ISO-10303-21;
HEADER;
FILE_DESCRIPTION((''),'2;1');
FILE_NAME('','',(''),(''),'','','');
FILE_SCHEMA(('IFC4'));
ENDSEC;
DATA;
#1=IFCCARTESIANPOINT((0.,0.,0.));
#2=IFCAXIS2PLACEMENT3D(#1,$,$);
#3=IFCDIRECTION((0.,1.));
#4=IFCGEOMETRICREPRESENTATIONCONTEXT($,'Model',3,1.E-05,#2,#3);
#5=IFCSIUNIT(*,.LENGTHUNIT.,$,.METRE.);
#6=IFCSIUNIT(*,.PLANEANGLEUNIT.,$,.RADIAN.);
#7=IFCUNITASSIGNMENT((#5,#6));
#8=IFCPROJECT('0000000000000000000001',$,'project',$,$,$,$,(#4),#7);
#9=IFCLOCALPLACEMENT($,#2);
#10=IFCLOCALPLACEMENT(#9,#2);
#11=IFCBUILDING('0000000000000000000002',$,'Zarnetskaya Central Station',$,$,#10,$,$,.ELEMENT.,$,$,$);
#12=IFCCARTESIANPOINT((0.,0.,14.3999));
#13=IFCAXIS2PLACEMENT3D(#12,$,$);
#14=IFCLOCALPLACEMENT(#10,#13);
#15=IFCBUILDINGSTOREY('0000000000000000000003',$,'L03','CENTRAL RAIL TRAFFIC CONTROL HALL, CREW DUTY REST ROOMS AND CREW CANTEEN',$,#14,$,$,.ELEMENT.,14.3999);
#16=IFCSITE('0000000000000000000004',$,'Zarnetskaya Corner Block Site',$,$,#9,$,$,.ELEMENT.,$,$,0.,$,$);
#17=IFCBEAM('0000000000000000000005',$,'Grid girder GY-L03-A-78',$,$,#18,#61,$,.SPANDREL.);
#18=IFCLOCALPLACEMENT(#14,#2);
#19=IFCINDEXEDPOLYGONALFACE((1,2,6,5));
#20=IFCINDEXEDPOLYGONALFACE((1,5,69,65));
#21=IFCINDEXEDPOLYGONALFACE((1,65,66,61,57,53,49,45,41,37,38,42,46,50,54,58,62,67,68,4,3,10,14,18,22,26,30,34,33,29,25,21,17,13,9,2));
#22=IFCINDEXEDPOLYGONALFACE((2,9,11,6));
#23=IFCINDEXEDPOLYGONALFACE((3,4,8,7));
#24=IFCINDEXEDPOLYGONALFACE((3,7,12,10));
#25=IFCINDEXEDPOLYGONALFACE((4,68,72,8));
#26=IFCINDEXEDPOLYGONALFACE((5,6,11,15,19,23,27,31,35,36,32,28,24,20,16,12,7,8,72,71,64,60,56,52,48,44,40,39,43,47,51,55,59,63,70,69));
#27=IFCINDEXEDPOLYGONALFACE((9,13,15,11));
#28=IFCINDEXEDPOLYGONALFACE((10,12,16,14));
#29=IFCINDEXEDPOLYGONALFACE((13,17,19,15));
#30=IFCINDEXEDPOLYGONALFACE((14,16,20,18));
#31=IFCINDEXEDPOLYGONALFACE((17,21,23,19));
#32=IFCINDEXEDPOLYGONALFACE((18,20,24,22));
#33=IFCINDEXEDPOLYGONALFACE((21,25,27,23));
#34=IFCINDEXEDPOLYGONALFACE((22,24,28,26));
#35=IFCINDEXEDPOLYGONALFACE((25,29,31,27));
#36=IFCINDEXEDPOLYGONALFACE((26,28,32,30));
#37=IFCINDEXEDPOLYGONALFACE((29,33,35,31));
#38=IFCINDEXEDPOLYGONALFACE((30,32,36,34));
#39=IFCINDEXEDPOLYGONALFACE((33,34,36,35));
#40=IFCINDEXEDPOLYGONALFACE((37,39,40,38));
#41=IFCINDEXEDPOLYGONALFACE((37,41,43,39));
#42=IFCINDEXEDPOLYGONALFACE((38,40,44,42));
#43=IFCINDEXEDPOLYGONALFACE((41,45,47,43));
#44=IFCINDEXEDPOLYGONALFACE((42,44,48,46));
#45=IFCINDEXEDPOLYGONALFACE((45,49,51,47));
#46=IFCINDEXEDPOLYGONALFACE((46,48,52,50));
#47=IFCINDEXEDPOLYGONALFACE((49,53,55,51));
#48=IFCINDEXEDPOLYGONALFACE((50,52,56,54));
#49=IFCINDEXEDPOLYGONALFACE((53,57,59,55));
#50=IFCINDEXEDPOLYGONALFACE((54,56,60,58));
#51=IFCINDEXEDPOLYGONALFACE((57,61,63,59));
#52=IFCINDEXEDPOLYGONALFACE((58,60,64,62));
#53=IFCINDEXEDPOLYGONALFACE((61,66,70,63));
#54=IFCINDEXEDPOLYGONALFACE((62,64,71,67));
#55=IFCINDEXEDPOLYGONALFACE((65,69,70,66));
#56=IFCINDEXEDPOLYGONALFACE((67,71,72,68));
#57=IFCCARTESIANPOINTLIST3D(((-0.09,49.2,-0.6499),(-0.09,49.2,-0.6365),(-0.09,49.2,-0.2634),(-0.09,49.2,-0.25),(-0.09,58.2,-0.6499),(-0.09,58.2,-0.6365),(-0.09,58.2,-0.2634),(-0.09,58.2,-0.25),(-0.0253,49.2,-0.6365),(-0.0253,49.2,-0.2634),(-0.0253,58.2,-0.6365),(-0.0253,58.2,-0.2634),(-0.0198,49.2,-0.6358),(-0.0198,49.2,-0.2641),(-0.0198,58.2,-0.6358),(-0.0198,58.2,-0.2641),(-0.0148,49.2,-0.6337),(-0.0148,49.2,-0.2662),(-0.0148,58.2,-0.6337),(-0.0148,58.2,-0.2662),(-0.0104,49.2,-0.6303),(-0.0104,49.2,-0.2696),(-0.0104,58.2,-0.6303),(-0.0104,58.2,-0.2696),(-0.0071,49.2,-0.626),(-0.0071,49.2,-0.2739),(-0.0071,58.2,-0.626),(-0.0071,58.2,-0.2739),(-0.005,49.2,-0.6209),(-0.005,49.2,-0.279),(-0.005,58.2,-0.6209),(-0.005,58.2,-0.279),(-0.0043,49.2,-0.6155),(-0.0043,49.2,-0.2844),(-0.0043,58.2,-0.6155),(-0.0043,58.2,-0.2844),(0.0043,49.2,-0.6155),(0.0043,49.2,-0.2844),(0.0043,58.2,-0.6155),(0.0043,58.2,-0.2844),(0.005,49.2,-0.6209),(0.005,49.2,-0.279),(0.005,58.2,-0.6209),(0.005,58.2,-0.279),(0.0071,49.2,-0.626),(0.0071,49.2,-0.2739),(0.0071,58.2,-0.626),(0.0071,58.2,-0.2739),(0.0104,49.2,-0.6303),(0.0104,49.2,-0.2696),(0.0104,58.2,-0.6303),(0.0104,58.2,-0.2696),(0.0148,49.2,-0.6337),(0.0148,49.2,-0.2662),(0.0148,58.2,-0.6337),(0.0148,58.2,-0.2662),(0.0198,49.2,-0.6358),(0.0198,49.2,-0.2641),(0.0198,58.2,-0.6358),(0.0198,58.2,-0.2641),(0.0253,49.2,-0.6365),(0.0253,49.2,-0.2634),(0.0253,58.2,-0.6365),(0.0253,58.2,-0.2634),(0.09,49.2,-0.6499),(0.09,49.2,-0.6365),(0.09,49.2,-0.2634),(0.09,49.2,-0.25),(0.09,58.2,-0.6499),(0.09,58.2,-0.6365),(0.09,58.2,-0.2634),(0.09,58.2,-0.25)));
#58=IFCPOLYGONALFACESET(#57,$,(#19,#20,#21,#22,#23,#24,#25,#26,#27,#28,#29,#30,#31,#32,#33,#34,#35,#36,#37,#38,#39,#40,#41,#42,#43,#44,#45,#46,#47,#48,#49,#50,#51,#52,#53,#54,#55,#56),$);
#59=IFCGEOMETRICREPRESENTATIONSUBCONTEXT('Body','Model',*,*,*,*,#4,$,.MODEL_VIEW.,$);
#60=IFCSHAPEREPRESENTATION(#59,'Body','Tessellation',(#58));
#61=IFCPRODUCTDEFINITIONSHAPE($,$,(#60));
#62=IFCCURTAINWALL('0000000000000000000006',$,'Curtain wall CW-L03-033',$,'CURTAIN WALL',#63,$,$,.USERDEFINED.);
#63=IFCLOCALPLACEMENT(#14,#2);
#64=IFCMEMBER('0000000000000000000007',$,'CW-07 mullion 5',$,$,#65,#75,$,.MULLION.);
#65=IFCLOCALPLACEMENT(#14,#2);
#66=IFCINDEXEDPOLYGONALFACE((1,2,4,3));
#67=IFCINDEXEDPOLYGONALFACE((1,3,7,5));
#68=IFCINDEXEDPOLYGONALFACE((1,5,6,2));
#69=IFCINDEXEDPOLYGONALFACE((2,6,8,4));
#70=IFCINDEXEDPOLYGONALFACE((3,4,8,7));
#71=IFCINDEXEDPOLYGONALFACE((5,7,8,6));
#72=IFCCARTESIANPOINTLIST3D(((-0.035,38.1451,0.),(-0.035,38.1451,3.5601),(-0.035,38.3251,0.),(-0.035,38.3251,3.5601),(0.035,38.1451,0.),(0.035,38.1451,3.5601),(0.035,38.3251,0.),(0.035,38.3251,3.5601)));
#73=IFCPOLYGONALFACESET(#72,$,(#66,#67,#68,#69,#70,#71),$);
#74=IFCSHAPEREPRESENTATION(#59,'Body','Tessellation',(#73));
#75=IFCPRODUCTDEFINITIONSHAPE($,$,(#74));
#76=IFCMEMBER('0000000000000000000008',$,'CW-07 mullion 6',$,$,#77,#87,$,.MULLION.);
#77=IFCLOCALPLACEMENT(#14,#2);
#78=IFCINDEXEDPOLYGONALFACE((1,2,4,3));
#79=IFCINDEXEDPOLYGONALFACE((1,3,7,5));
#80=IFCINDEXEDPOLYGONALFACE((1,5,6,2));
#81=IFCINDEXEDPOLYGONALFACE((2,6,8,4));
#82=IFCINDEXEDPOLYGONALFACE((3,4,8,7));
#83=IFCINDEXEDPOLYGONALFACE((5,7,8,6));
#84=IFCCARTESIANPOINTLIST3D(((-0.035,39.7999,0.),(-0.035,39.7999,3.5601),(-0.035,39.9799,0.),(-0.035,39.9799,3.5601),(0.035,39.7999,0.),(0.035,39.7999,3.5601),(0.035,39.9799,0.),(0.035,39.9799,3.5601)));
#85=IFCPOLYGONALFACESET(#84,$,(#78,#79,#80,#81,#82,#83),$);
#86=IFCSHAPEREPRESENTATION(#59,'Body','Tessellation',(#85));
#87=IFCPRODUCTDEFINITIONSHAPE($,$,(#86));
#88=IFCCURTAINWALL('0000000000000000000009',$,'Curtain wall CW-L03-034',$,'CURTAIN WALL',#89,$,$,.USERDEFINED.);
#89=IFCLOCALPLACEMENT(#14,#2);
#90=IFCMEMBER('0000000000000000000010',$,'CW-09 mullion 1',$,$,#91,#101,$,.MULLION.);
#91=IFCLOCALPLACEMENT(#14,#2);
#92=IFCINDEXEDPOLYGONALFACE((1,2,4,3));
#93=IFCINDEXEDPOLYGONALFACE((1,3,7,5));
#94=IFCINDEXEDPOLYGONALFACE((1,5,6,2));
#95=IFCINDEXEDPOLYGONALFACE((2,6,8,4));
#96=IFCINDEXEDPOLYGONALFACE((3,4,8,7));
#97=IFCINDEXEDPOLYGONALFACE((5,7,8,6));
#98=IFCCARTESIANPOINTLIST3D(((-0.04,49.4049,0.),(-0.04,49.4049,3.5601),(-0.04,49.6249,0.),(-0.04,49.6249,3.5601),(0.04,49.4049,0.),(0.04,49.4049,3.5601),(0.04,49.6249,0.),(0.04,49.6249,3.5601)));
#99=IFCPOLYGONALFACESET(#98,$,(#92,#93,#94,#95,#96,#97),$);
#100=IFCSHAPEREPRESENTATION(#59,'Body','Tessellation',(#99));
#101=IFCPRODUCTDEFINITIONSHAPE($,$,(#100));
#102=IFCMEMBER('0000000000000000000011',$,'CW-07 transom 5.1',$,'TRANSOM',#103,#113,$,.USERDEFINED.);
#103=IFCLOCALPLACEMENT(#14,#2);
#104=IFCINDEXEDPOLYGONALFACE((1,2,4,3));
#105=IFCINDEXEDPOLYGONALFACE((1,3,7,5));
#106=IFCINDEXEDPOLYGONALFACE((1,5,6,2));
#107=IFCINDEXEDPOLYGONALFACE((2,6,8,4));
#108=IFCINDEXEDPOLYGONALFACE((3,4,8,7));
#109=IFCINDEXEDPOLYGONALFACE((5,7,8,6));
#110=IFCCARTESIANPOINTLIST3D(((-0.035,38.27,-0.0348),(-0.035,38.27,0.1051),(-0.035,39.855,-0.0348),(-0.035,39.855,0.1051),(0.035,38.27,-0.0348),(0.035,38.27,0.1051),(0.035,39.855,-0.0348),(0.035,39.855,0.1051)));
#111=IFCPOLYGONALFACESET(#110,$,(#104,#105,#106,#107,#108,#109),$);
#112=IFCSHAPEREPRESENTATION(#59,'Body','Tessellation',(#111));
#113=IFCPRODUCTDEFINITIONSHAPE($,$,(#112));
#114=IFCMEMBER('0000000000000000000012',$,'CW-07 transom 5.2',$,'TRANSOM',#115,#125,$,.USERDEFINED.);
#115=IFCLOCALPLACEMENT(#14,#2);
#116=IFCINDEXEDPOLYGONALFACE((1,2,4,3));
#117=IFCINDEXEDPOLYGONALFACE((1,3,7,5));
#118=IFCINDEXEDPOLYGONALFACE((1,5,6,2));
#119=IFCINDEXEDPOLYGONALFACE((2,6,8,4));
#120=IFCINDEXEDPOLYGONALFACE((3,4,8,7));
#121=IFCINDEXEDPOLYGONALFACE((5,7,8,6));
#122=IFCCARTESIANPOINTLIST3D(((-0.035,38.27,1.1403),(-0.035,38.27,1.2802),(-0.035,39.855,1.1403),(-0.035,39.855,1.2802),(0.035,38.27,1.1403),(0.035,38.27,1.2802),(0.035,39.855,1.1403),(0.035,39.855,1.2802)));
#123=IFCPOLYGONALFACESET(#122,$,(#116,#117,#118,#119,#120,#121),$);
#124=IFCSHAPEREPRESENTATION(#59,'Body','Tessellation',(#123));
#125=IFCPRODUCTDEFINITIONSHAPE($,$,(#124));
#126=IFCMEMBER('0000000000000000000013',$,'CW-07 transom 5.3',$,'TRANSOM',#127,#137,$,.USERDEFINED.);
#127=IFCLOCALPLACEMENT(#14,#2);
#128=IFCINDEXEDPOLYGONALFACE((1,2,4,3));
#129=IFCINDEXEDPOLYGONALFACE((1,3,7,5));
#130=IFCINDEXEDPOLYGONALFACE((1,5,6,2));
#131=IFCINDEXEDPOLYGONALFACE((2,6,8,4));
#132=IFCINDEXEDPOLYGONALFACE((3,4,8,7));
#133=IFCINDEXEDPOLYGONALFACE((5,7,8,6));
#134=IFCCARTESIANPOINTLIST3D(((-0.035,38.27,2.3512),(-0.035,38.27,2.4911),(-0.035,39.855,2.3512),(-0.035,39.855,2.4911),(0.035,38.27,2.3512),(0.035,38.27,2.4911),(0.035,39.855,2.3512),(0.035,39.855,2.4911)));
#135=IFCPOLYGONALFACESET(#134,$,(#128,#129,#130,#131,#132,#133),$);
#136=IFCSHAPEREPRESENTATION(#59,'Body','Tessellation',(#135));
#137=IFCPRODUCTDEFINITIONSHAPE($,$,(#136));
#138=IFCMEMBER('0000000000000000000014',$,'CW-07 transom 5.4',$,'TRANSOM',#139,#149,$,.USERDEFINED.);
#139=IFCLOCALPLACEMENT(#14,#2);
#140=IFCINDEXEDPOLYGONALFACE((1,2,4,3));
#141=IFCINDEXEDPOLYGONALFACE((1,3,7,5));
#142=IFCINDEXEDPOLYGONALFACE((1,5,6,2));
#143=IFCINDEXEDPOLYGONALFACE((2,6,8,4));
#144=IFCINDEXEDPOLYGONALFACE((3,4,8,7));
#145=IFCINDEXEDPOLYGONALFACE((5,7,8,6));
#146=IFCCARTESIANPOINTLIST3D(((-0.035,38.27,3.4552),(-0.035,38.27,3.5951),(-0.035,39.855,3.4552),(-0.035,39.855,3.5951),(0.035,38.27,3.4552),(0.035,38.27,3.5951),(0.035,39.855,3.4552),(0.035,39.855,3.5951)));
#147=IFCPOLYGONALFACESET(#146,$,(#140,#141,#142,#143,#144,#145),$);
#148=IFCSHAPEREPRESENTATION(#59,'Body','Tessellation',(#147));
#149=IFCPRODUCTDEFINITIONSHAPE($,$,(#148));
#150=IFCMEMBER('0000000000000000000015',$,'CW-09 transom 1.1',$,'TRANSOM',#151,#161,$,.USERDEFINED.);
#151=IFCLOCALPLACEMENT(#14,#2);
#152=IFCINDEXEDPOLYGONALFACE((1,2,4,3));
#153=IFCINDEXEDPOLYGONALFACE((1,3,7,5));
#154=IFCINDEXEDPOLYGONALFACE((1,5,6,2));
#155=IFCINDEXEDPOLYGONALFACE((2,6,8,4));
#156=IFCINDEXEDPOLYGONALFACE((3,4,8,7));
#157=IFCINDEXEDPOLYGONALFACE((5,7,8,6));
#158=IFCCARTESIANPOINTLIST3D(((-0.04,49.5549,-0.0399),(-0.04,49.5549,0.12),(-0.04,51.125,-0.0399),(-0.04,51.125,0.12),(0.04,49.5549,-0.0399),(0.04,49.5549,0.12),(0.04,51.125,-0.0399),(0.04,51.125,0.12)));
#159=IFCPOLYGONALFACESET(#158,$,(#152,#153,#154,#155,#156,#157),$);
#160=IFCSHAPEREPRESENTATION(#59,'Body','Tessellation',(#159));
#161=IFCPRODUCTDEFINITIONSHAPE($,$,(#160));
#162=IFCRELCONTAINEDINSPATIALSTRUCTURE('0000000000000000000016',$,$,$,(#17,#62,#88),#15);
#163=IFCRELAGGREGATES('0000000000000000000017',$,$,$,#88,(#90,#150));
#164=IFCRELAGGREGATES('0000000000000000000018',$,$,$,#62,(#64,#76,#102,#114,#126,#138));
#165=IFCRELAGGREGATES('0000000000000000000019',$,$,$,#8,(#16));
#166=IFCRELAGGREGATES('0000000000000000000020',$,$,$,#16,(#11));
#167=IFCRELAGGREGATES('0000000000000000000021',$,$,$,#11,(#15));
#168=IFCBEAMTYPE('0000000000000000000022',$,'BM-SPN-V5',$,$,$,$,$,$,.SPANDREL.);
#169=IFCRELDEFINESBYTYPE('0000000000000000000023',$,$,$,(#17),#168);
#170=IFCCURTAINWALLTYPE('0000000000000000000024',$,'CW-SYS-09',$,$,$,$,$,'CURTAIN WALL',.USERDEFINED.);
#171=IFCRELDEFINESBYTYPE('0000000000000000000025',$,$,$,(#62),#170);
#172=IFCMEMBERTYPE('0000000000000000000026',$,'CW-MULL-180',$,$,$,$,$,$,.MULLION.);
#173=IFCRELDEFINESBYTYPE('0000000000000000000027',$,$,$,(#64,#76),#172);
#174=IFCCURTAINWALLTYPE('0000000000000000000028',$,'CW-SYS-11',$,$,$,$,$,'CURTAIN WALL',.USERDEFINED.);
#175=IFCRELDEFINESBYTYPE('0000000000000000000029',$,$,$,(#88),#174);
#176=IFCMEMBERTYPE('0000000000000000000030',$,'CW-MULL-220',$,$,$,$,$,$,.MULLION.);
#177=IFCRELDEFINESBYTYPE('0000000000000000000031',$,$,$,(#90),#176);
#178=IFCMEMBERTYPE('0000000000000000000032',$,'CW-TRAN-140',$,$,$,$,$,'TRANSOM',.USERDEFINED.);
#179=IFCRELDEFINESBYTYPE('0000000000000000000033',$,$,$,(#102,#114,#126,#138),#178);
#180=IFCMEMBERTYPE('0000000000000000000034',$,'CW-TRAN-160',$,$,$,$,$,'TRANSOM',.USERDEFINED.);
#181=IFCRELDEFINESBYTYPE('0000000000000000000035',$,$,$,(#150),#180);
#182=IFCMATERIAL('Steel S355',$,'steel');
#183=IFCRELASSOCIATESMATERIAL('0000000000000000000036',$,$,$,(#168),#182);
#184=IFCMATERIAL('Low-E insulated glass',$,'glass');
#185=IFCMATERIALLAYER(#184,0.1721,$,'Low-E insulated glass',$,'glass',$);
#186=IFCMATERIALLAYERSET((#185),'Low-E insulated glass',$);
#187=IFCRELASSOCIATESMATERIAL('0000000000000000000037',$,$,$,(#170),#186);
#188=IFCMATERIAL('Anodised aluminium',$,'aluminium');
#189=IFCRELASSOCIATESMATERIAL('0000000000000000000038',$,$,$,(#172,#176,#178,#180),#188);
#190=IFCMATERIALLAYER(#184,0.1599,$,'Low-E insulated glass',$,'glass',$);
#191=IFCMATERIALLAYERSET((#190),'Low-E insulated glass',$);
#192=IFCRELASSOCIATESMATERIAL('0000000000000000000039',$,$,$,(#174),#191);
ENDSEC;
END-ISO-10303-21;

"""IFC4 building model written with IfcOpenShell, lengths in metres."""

from ifc_helpers import new_model, si_unit, direction, frame, origin, origin_2d, place, context, subcontext, project, spatial, rectangle, i_section, extrude, material, layer, layer_set, material_profile, profile_set, type_object, element, aggregate, save


model = new_model("IFC4")

# Units and contexts
model_context = context("Model", 3, precision=1e-05, world=origin(), true_north=direction((0.0, 1.0)))
body_context = subcontext(model_context, "Body", "Model", "MODEL_VIEW")
ifc_project = project(units=[si_unit("LENGTHUNIT", "METRE"), si_unit("PLANEANGLEUNIT", "RADIAN")], contexts=[model_context])

# Site, building, storey
site_placement = place(None, origin())
site = spatial("IfcSite", under=ifc_project, at=site_placement, Name="Zarnetskaya Corner Block Site", CompositionType="ELEMENT", RefElevation=0.0)
building_placement = place(site_placement, origin())
building = spatial("IfcBuilding", under=site, at=building_placement, Name="Zarnetskaya Central Station", CompositionType="ELEMENT")
storey_placement = place(building_placement, frame((0.0, 0.0, 14.3999)))
storey = spatial("IfcBuildingStorey", under=building, at=storey_placement, Name="L03", Description="CENTRAL RAIL TRAFFIC CONTROL HALL, CREW DUTY REST ROOMS AND CREW CANTEEN", CompositionType="ELEMENT", Elevation=14.3999)

# Shared definitions
ifc_material_1 = material(Name="Steel S355", Category="steel")

# Beam
ifc_material_profile_1 = material_profile(ifc_material_1, i_section(OverallWidth=0.1799, OverallDepth=0.3999, WebThickness=0.0085, FlangeThickness=0.0134, FilletRadius=0.021, at=origin_2d()), Name="IPE 400")
ifc_profile_set_1 = profile_set([ifc_material_profile_1], Name="Steel S355")
beam_type_1 = type_object("IfcBeamType", Name="BM-SPN-V5", PredefinedType="SPANDREL", material=ifc_profile_set_1)
for number, where, z_axis, x_axis, name in (
    (1, (0.0, 49.2, -0.45), (0.0, 1.0, 0.0), (-1.0, 0.0, 0.0), "Grid girder GY-L03-A-78"),
):
    element("IfcBeam", number, at=place(storey_placement, frame(where, z_axis=z_axis, x_axis=x_axis)), inside=storey, type_object=beam_type_1, Name=name, PredefinedType="SPANDREL", context=body_context, shape_type="SweptSolid", body=[
        extrude(i_section(OverallWidth=0.1799, OverallDepth=0.3999, WebThickness=0.0085, FlangeThickness=0.0134, FilletRadius=0.021, at=origin_2d()), origin(), (0.0, 0.0, 1.0), 9.0),
    ])

# Curtain wall, members
ifc_material_2 = material(Name="Low-E insulated glass", Category="glass")
ifc_layer_1 = layer(ifc_material_2, 0.1721, Name="Low-E insulated glass", Category="glass")
ifc_layer_set_1 = layer_set([ifc_layer_1], Name="Low-E insulated glass")
curtain_wall_type_1 = type_object("IfcCurtainWallType", Name="CW-SYS-09", ElementType="CURTAIN WALL", PredefinedType="USERDEFINED", material=ifc_layer_set_1)
curtain_wall_1_placement = place(storey_placement, origin())
curtain_wall_1 = element("IfcCurtainWall", 2, at=curtain_wall_1_placement, inside=storey, type_object=curtain_wall_type_1, Name="Curtain wall CW-L03-033", ObjectType="CURTAIN WALL", PredefinedType="USERDEFINED")
ifc_material_3 = material(Name="Anodised aluminium", Category="aluminium")
ifc_material_profile_2 = material_profile(ifc_material_3, rectangle(XDim=0.0701, YDim=0.1799, at=origin_2d()), Name="ALU MULL 70x180")
ifc_profile_set_2 = profile_set([ifc_material_profile_2], Name="Anodised aluminium")
member_type_1 = type_object("IfcMemberType", Name="CW-MULL-180", PredefinedType="MULLION", material=ifc_profile_set_2)
member_1_placement = place(storey_placement, frame((0.0, 38.2351, 0.0), z_axis=(0.0, 0.0, 1.0), x_axis=(-1.0, 0.0, 0.0)))
member_1 = element("IfcMember", 3, at=member_1_placement, type_object=member_type_1, Name="CW-07 mullion 5", PredefinedType="MULLION", context=body_context, shape_type="SweptSolid", body=[
    extrude(rectangle(XDim=0.0701, YDim=0.1799, at=origin_2d()), origin(), (0.0, 0.0, 1.0), 3.5601),
])
member_2_placement = place(storey_placement, frame((0.0, 39.8899, 0.0), z_axis=(0.0, 0.0, 1.0), x_axis=(-1.0, 0.0, 0.0)))
member_2 = element("IfcMember", 4, at=member_2_placement, type_object=member_type_1, Name="CW-07 mullion 6", PredefinedType="MULLION", context=body_context, shape_type="SweptSolid", body=[
    extrude(rectangle(XDim=0.0701, YDim=0.1799, at=origin_2d()), origin(), (0.0, 0.0, 1.0), 3.5601),
])

# Curtain wall, member
ifc_layer_2 = layer(ifc_material_2, 0.1599, Name="Low-E insulated glass", Category="glass")
ifc_layer_set_2 = layer_set([ifc_layer_2], Name="Low-E insulated glass")
curtain_wall_type_2 = type_object("IfcCurtainWallType", Name="CW-SYS-11", ElementType="CURTAIN WALL", PredefinedType="USERDEFINED", material=ifc_layer_set_2)
curtain_wall_2_placement = place(storey_placement, origin())
curtain_wall_2 = element("IfcCurtainWall", 5, at=curtain_wall_2_placement, inside=storey, type_object=curtain_wall_type_2, Name="Curtain wall CW-L03-034", ObjectType="CURTAIN WALL", PredefinedType="USERDEFINED")
ifc_material_profile_3 = material_profile(ifc_material_3, rectangle(XDim=0.0801, YDim=0.22, at=origin_2d()), Name="ALU MULL 80x220")
ifc_profile_set_3 = profile_set([ifc_material_profile_3], Name="Anodised aluminium")
member_type_2 = type_object("IfcMemberType", Name="CW-MULL-220", PredefinedType="MULLION", material=ifc_profile_set_3)
member_3_placement = place(storey_placement, frame((0.0, 49.5149, 0.0), z_axis=(0.0, 0.0, 1.0), x_axis=(-1.0, 0.0, 0.0)))
member_3 = element("IfcMember", 6, at=member_3_placement, type_object=member_type_2, Name="CW-09 mullion 1", PredefinedType="MULLION", context=body_context, shape_type="SweptSolid", body=[
    extrude(rectangle(XDim=0.0801, YDim=0.22, at=origin_2d()), origin(), (0.0, 0.0, 1.0), 3.5601),
])

# Members
ifc_material_profile_4 = material_profile(ifc_material_3, rectangle(XDim=0.0701, YDim=0.1399, at=origin_2d()), Name="ALU TRAN 70x140")
ifc_profile_set_4 = profile_set([ifc_material_profile_4], Name="Anodised aluminium")
member_type_3 = type_object("IfcMemberType", Name="CW-TRAN-140", ElementType="TRANSOM", PredefinedType="USERDEFINED", material=ifc_profile_set_4)
member_4_placement = place(storey_placement, frame((0.0, 38.27, 0.0352), z_axis=(0.0, 1.0, 0.0), x_axis=(-1.0, 0.0, 0.0)))
member_4 = element("IfcMember", 7, at=member_4_placement, type_object=member_type_3, Name="CW-07 transom 5.1", ObjectType="TRANSOM", PredefinedType="USERDEFINED", context=body_context, shape_type="SweptSolid", body=[
    extrude(rectangle(XDim=0.0701, YDim=0.1399, at=origin_2d()), origin(), (0.0, 0.0, 1.0), 1.585),
])
member_5_placement = place(storey_placement, frame((0.0, 38.27, 1.2102), z_axis=(0.0, 1.0, 0.0), x_axis=(-1.0, 0.0, 0.0)))
member_5 = element("IfcMember", 8, at=member_5_placement, type_object=member_type_3, Name="CW-07 transom 5.2", ObjectType="TRANSOM", PredefinedType="USERDEFINED", context=body_context, shape_type="SweptSolid", body=[
    extrude(rectangle(XDim=0.0701, YDim=0.1399, at=origin_2d()), origin(), (0.0, 0.0, 1.0), 1.585),
])
member_6_placement = place(storey_placement, frame((0.0, 38.27, 2.4211), z_axis=(0.0, 1.0, 0.0), x_axis=(-1.0, 0.0, 0.0)))
member_6 = element("IfcMember", 9, at=member_6_placement, type_object=member_type_3, Name="CW-07 transom 5.3", ObjectType="TRANSOM", PredefinedType="USERDEFINED", context=body_context, shape_type="SweptSolid", body=[
    extrude(rectangle(XDim=0.0701, YDim=0.1399, at=origin_2d()), origin(), (0.0, 0.0, 1.0), 1.585),
])
member_7_placement = place(storey_placement, frame((0.0, 38.27, 3.5251), z_axis=(0.0, 1.0, 0.0), x_axis=(-1.0, 0.0, 0.0)))
member_7 = element("IfcMember", 10, at=member_7_placement, type_object=member_type_3, Name="CW-07 transom 5.4", ObjectType="TRANSOM", PredefinedType="USERDEFINED", context=body_context, shape_type="SweptSolid", body=[
    extrude(rectangle(XDim=0.0701, YDim=0.1399, at=origin_2d()), origin(), (0.0, 0.0, 1.0), 1.585),
])
ifc_material_profile_5 = material_profile(ifc_material_3, rectangle(XDim=0.0801, YDim=0.1599, at=origin_2d()), Name="ALU TRAN 80x160")
ifc_profile_set_5 = profile_set([ifc_material_profile_5], Name="Anodised aluminium")
member_type_4 = type_object("IfcMemberType", Name="CW-TRAN-160", ElementType="TRANSOM", PredefinedType="USERDEFINED", material=ifc_profile_set_5)
member_8_placement = place(storey_placement, frame((0.0, 49.5549, 0.04), z_axis=(0.0, 1.0, 0.0), x_axis=(-1.0, 0.0, 0.0)))
member_8 = element("IfcMember", 11, at=member_8_placement, type_object=member_type_4, Name="CW-09 transom 1.1", ObjectType="TRANSOM", PredefinedType="USERDEFINED", context=body_context, shape_type="SweptSolid", body=[
    extrude(rectangle(XDim=0.0801, YDim=0.1599, at=origin_2d()), origin(), (0.0, 0.0, 1.0), 1.5701),
])
aggregate(curtain_wall_2, [member_3, member_8])

aggregate(curtain_wall_1, [member_1, member_2, member_4, member_5, member_6, member_7])

save(model, "model.ifc")
